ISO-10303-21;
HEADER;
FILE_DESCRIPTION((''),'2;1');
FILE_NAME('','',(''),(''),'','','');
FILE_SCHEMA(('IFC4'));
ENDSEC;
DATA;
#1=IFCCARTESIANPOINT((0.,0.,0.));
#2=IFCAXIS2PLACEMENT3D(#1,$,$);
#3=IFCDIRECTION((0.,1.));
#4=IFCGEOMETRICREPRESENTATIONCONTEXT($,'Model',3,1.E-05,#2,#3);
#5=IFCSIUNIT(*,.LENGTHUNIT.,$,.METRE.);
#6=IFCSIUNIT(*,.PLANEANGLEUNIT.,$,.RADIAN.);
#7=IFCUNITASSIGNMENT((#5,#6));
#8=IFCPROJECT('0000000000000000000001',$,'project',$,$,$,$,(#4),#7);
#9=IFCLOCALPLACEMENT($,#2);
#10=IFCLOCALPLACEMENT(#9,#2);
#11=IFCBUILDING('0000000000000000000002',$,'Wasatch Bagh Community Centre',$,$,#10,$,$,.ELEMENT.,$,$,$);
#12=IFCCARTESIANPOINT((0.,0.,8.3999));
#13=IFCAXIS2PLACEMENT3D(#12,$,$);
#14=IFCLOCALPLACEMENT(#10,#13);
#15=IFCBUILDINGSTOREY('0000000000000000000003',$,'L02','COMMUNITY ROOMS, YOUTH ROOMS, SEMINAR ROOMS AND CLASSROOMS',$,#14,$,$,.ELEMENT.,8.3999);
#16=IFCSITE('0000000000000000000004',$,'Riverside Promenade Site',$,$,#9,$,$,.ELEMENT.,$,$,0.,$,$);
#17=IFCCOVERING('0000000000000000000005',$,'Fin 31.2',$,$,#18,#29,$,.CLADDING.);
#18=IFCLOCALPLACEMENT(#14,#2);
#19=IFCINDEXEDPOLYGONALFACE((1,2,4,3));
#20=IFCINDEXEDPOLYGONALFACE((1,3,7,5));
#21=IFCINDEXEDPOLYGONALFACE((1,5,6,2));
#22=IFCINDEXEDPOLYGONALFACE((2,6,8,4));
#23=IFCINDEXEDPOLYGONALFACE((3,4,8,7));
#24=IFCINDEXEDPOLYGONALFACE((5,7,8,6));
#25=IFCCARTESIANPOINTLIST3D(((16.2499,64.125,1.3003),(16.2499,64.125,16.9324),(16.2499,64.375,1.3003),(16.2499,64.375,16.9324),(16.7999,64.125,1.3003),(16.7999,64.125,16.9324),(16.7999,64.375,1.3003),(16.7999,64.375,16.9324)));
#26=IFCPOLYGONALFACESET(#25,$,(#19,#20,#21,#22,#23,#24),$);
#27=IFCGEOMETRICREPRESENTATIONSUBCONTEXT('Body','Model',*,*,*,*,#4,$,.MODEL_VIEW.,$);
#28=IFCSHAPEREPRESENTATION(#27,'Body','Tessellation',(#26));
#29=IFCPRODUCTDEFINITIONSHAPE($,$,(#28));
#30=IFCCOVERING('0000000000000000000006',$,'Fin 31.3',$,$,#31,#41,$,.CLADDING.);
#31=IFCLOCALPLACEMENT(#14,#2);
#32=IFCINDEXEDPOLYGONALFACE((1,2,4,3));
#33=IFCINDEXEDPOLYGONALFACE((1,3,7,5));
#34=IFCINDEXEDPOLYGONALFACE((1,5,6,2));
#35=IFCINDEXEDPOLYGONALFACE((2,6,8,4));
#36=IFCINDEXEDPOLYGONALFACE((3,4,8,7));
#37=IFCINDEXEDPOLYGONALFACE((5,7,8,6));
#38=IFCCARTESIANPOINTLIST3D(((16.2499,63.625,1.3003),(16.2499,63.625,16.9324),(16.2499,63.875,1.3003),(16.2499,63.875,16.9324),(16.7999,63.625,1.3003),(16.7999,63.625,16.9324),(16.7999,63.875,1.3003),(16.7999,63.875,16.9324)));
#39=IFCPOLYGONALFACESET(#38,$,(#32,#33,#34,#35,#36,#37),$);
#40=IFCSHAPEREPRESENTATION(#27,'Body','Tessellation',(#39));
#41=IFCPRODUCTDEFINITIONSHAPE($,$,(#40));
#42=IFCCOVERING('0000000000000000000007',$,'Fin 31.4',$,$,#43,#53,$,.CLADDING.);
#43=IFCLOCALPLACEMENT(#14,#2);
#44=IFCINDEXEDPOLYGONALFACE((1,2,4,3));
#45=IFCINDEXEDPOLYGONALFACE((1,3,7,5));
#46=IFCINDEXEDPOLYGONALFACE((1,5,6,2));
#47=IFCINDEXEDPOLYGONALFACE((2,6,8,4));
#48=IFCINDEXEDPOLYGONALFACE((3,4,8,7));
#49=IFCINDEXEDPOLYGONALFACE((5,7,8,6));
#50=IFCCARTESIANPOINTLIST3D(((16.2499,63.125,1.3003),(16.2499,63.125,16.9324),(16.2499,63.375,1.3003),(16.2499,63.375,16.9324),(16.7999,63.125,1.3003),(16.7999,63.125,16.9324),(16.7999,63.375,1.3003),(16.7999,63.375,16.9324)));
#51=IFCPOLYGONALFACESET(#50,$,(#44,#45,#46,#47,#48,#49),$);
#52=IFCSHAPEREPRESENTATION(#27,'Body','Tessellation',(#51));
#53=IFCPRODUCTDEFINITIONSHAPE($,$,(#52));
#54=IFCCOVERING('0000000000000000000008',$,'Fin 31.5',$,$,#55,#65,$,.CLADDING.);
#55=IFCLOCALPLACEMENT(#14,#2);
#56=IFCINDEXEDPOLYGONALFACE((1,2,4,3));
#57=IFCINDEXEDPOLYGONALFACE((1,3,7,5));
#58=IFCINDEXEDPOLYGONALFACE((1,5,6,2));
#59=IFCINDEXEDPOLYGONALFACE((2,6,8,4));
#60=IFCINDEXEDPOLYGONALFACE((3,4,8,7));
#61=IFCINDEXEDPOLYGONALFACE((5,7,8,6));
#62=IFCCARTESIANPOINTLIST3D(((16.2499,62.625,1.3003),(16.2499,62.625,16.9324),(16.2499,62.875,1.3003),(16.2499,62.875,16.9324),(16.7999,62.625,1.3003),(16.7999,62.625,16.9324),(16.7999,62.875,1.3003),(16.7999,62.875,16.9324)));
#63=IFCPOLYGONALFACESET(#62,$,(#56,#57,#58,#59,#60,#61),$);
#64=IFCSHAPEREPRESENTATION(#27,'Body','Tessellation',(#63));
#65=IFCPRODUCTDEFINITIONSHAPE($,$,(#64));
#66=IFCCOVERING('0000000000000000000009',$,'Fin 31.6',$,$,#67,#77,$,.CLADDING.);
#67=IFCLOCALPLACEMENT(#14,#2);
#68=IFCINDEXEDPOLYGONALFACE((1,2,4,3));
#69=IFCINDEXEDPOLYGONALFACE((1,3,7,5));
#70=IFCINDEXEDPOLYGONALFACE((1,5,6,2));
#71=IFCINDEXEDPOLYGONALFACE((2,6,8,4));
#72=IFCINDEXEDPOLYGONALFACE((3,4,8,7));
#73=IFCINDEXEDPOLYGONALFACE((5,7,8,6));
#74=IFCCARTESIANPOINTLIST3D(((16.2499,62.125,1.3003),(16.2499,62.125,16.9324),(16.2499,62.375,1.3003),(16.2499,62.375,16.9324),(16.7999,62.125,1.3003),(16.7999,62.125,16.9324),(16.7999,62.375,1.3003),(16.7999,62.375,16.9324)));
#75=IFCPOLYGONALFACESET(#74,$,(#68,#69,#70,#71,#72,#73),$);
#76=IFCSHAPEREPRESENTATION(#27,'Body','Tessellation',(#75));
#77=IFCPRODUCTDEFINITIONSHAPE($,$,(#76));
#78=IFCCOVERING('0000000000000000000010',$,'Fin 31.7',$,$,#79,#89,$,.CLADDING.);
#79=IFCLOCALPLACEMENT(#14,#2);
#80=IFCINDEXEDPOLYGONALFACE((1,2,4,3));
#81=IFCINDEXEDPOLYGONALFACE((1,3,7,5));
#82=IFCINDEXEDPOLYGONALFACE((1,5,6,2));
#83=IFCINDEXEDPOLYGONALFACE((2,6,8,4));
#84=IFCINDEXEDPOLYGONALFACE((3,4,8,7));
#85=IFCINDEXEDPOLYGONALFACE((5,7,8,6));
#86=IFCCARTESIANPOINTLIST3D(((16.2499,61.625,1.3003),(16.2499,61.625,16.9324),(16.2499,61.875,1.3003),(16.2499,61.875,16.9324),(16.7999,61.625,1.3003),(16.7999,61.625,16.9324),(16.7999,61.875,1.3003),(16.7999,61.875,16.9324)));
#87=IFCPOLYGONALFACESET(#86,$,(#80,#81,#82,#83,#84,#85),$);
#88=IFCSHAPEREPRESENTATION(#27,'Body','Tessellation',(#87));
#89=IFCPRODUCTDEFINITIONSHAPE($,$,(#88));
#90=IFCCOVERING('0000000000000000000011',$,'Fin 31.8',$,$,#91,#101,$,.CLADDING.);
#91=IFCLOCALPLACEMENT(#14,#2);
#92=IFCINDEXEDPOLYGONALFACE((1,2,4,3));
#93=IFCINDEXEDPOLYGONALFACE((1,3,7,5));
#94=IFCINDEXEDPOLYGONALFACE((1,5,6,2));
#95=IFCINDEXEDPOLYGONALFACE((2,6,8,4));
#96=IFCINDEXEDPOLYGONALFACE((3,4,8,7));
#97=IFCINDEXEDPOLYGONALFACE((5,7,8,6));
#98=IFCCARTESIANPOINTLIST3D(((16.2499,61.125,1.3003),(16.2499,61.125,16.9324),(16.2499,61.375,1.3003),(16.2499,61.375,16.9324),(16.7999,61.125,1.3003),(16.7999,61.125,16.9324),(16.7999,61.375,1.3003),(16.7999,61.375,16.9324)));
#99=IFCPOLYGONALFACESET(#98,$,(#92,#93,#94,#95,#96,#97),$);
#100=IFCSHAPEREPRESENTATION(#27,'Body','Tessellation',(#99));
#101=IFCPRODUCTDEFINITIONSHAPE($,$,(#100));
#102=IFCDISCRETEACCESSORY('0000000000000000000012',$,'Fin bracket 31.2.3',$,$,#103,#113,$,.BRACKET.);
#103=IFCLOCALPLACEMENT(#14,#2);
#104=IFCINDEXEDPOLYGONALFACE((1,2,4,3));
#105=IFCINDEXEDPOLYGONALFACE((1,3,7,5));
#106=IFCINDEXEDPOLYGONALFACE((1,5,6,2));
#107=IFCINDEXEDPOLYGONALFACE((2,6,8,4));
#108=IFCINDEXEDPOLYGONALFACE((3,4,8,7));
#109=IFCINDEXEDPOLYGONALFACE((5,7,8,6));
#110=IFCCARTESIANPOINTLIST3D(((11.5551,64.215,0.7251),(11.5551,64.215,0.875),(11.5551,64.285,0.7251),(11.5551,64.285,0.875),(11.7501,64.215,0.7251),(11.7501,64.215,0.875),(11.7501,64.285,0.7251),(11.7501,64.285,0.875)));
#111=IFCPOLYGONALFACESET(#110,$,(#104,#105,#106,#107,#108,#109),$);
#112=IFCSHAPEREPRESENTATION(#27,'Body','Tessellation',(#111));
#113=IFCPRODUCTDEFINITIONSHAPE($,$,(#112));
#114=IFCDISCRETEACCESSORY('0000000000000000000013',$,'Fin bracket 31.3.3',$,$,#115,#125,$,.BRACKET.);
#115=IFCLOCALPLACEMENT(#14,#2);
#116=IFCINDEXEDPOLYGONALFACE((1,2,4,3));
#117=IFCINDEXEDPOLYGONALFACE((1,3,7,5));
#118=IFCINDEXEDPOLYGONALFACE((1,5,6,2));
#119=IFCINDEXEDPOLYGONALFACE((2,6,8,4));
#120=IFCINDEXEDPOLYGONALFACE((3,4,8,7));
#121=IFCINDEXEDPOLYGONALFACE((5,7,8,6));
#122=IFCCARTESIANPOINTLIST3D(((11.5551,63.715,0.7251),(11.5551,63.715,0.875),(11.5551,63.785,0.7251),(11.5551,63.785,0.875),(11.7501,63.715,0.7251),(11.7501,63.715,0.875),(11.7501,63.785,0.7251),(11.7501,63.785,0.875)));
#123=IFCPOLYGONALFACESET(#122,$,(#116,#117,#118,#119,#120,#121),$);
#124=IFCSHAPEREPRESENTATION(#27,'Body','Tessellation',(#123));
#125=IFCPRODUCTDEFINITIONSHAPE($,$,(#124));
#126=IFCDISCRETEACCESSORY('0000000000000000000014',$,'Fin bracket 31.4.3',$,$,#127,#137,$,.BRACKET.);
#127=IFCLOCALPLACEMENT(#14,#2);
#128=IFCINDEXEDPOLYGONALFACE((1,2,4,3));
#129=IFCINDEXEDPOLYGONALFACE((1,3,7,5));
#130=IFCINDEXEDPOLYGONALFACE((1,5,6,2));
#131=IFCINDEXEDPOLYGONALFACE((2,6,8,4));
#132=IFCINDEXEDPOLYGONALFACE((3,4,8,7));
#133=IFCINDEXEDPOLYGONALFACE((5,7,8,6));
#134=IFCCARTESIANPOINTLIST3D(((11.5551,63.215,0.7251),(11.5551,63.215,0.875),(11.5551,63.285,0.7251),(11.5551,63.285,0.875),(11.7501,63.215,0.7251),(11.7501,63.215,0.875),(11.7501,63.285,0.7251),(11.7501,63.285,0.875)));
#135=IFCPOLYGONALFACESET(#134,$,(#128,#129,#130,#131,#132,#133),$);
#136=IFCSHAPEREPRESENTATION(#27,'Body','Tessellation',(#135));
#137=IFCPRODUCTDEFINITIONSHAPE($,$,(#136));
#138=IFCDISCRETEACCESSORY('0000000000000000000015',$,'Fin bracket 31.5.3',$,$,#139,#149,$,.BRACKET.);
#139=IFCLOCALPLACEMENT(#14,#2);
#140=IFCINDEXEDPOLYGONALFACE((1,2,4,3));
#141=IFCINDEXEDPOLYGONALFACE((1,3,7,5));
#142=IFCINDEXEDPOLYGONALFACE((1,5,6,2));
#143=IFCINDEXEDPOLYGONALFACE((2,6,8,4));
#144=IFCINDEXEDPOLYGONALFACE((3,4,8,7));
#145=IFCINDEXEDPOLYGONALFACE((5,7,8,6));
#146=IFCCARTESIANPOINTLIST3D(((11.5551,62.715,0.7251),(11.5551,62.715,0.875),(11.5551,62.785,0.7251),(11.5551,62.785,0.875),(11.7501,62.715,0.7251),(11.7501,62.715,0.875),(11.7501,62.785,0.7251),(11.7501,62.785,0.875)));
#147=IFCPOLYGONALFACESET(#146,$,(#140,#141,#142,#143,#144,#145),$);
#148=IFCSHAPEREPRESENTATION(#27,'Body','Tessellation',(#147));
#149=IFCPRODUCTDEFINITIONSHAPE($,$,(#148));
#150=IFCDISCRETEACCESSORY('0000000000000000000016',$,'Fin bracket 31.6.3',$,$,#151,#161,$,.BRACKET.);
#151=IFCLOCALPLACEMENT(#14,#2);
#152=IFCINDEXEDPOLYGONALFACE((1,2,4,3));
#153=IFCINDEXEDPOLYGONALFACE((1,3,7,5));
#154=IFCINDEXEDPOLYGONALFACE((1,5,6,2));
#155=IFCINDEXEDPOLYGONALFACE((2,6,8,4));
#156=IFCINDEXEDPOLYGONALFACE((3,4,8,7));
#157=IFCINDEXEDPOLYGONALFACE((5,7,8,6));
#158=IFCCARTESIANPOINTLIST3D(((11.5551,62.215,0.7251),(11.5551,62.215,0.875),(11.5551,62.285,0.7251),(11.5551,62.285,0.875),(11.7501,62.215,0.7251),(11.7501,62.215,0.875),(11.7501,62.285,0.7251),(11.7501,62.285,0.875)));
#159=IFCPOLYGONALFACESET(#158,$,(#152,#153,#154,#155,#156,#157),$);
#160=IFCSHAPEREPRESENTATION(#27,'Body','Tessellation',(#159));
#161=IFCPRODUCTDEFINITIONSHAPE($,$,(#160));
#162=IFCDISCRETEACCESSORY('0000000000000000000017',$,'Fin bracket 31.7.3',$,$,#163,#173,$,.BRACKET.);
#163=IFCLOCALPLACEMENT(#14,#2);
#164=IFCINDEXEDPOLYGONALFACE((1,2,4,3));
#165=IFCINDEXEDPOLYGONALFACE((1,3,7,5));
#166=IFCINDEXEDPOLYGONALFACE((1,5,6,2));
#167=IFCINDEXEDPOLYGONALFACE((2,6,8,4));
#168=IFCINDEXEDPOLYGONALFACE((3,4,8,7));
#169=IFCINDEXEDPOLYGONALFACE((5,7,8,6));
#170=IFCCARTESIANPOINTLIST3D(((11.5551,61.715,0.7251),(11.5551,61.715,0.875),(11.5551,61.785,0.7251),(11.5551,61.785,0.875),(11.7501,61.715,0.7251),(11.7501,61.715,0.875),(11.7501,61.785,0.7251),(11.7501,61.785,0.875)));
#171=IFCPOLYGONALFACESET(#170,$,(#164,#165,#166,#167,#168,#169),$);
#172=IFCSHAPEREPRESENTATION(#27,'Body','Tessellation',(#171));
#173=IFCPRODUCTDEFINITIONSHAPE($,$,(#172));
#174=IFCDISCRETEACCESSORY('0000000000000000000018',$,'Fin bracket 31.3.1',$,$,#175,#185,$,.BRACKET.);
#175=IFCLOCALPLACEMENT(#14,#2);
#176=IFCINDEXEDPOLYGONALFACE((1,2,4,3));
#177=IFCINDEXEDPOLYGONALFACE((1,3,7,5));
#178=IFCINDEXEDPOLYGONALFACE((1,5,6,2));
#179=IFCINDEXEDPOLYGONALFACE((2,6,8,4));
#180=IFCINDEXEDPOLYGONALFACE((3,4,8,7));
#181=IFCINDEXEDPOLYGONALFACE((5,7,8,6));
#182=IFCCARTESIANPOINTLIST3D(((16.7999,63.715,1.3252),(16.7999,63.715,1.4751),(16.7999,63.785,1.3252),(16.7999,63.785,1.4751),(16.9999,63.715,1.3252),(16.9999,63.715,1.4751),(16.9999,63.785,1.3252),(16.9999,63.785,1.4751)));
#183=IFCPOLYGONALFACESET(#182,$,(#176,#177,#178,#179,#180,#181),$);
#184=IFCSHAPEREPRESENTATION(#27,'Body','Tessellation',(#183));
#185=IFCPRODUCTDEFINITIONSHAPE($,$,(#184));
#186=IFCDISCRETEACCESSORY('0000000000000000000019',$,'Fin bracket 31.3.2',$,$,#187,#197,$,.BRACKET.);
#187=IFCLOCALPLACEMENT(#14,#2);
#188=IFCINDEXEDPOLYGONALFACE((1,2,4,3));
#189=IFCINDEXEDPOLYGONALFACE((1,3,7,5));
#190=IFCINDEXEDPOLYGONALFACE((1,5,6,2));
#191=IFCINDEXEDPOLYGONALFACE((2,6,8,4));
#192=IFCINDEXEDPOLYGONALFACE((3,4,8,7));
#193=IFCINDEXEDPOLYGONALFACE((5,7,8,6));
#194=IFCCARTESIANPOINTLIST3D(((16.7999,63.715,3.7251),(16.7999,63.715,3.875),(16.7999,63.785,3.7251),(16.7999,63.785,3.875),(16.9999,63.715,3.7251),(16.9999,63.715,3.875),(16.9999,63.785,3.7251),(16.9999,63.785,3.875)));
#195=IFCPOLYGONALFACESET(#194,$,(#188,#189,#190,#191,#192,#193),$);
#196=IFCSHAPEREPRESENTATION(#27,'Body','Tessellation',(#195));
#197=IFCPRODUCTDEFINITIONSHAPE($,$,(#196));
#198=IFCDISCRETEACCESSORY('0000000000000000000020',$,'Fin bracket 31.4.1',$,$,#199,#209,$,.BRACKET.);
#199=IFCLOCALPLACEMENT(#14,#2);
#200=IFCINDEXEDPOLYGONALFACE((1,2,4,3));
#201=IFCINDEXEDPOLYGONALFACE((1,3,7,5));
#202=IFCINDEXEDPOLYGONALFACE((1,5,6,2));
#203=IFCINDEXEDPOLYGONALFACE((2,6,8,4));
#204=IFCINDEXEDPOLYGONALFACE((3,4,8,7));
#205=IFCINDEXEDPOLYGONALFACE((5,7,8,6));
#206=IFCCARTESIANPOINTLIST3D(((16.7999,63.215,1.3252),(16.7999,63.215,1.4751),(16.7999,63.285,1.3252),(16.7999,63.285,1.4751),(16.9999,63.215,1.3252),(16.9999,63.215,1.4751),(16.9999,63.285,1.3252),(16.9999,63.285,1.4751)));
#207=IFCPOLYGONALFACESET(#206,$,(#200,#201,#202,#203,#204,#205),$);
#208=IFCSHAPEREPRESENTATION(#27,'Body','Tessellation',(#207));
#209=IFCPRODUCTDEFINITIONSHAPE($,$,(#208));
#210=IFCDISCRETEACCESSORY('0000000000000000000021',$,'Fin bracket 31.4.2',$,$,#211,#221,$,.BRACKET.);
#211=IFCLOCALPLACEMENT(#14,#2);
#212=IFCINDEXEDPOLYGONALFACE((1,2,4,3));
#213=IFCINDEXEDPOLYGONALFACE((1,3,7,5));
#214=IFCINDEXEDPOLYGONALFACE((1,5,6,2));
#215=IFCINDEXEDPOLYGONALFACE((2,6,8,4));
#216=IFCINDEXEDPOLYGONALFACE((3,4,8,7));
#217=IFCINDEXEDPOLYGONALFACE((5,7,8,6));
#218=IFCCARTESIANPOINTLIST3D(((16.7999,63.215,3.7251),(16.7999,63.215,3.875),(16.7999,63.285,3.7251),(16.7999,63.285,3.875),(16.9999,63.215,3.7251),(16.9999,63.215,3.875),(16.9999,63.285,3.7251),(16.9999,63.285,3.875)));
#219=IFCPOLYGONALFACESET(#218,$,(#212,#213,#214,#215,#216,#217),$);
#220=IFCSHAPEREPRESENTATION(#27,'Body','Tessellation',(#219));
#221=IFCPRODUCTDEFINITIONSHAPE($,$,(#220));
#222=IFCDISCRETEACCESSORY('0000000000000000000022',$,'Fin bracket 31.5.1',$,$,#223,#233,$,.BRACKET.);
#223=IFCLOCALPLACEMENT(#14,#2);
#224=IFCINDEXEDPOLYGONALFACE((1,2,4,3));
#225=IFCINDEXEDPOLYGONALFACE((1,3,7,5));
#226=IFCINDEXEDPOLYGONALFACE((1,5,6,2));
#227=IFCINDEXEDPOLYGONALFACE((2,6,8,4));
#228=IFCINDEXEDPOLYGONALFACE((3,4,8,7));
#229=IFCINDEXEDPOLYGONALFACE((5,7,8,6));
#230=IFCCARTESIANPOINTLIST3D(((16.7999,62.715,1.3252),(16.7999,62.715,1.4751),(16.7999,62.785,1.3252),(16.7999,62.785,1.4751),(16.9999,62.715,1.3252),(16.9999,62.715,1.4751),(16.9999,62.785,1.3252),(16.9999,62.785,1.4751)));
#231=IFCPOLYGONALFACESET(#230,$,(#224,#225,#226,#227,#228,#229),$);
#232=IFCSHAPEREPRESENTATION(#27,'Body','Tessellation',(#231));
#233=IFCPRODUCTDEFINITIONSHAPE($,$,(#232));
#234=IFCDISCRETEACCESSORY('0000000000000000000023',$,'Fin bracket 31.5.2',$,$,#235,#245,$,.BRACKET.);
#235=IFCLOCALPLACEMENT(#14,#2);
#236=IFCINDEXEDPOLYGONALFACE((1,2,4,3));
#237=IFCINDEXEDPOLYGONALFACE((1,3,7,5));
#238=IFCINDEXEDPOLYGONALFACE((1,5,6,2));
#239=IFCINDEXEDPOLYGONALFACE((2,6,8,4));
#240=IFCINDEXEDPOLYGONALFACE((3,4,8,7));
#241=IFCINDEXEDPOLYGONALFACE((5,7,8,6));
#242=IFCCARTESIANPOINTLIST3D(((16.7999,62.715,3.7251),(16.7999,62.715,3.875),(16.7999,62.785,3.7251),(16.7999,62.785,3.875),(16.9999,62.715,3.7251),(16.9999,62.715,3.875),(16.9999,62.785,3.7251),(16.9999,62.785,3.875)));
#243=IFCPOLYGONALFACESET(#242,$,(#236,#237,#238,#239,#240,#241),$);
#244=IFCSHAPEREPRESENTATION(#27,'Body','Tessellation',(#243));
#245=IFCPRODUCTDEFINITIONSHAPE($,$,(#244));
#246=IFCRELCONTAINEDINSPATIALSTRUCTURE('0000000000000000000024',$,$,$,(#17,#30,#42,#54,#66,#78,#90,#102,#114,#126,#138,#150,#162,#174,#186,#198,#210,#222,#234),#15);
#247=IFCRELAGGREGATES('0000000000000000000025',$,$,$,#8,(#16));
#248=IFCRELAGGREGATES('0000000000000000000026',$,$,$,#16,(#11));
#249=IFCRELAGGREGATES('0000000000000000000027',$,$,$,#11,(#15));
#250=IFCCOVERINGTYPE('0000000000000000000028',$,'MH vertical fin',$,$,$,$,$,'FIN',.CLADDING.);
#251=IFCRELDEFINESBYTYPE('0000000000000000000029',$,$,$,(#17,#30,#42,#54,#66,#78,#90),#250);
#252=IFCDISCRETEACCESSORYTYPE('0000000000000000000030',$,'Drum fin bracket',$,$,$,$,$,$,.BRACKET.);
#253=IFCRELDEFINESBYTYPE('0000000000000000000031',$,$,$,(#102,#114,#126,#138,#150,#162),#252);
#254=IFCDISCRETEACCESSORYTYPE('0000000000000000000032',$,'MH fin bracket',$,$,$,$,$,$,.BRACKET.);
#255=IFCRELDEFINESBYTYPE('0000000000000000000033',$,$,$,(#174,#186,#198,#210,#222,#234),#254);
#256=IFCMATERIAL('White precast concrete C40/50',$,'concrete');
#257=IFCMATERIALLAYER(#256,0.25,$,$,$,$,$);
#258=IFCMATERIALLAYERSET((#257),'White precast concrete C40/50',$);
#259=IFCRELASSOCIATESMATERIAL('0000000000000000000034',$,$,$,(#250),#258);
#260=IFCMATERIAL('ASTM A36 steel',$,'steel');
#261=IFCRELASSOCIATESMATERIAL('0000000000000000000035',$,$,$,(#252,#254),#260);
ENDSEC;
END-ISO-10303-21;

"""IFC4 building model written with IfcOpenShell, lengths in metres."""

from ifc_helpers import new_model, si_unit, direction, frame, origin, origin_2d, place, context, subcontext, project, spatial, rectangle, extrude, material, layer, layer_set, type_object, element, save


model = new_model("IFC4")

# Units and contexts
model_context = context("Model", 3, precision=1e-05, world=origin(), true_north=direction((0.0, 1.0)))
body_context = subcontext(model_context, "Body", "Model", "MODEL_VIEW")
ifc_project = project(units=[si_unit("LENGTHUNIT", "METRE"), si_unit("PLANEANGLEUNIT", "RADIAN")], contexts=[model_context])

# Site, building, storey
site_placement = place(None, origin())
site = spatial("IfcSite", under=ifc_project, at=site_placement, Name="Riverside Promenade Site", CompositionType="ELEMENT", RefElevation=0.0)
building_placement = place(site_placement, origin())
building = spatial("IfcBuilding", under=site, at=building_placement, Name="Wasatch Bagh Community Centre", CompositionType="ELEMENT")
storey_placement = place(building_placement, frame((0.0, 0.0, 8.3999)))
storey = spatial("IfcBuildingStorey", under=building, at=storey_placement, Name="L02", Description="COMMUNITY ROOMS, YOUTH ROOMS, SEMINAR ROOMS AND CLASSROOMS", CompositionType="ELEMENT", Elevation=8.3999)

# Coverings
ifc_material_1 = material(Name="White precast concrete C40/50", Category="concrete")
ifc_layer = layer(ifc_material_1, 0.25)
ifc_layer_set = layer_set([ifc_layer], Name="White precast concrete C40/50")
covering_type = type_object("IfcCoveringType", Name="MH vertical fin", ElementType="FIN", PredefinedType="CLADDING", material=ifc_layer_set)
for number, where, z_axis, x_axis, name in (
    (1, (16.5249, 64.25, 1.3003), (0.0, 0.0, 1.0), (0.0, -1.0, 0.0), "Fin 31.2"),
    (2, (16.5249, 63.75, 1.3003), (0.0, 0.0, 1.0), (0.0, -1.0, 0.0), "Fin 31.3"),
    (3, (16.5249, 63.25, 1.3003), (0.0, 0.0, 1.0), (0.0, -1.0, 0.0), "Fin 31.4"),
    (4, (16.5249, 62.75, 1.3003), (0.0, 0.0, 1.0), (0.0, -1.0, 0.0), "Fin 31.5"),
    (5, (16.5249, 62.25, 1.3003), (0.0, 0.0, 1.0), (0.0, -1.0, 0.0), "Fin 31.6"),
    (6, (16.5249, 61.75, 1.3003), (0.0, 0.0, 1.0), (0.0, -1.0, 0.0), "Fin 31.7"),
    (7, (16.5249, 61.25, 1.3003), (0.0, 0.0, 1.0), (0.0, -1.0, 0.0), "Fin 31.8"),
):
    element("IfcCovering", number, at=place(storey_placement, frame(where, z_axis=z_axis, x_axis=x_axis)), inside=storey, type_object=covering_type, Name=name, PredefinedType="CLADDING", context=body_context, shape_type="SweptSolid", body=[
        extrude(rectangle(XDim=0.25, YDim=0.55, at=origin_2d()), origin(), (0.0, 0.0, 1.0), 15.6321),
    ])

# Discrete accessories
ifc_material_2 = material(Name="ASTM A36 steel", Category="steel")
discrete_accessory_type_1 = type_object("IfcDiscreteAccessoryType", Name="Drum fin bracket", PredefinedType="BRACKET", material=ifc_material_2)
for number, where, z_axis, x_axis, name in (
    (8, (11.6526, 64.25, 0.7251), (0.0, 0.0, 1.0), (0.0, -1.0, 0.0), "Fin bracket 31.2.3"),
    (9, (11.6526, 63.75, 0.7251), (0.0, 0.0, 1.0), (0.0, -1.0, 0.0), "Fin bracket 31.3.3"),
    (10, (11.6526, 63.25, 0.7251), (0.0, 0.0, 1.0), (0.0, -1.0, 0.0), "Fin bracket 31.4.3"),
    (11, (11.6526, 62.75, 0.7251), (0.0, 0.0, 1.0), (0.0, -1.0, 0.0), "Fin bracket 31.5.3"),
    (12, (11.6526, 62.25, 0.7251), (0.0, 0.0, 1.0), (0.0, -1.0, 0.0), "Fin bracket 31.6.3"),
    (13, (11.6526, 61.75, 0.7251), (0.0, 0.0, 1.0), (0.0, -1.0, 0.0), "Fin bracket 31.7.3"),
):
    element("IfcDiscreteAccessory", number, at=place(storey_placement, frame(where, z_axis=z_axis, x_axis=x_axis)), inside=storey, type_object=discrete_accessory_type_1, Name=name, PredefinedType="BRACKET", context=body_context, shape_type="SweptSolid", body=[
        extrude(rectangle(XDim=0.0701, YDim=0.1951, at=origin_2d()), origin(), (0.0, 0.0, 1.0), 0.1499),
    ])
discrete_accessory_type_2 = type_object("IfcDiscreteAccessoryType", Name="MH fin bracket", PredefinedType="BRACKET", material=ifc_material_2)
for number, where, z_axis, x_axis, name in (
    (14, (16.8999, 63.75, 1.3252), (0.0, 0.0, 1.0), (0.0, -1.0, 0.0), "Fin bracket 31.3.1"),
    (15, (16.8999, 63.75, 3.7251), (0.0, 0.0, 1.0), (0.0, -1.0, 0.0), "Fin bracket 31.3.2"),
    (16, (16.8999, 63.25, 1.3252), (0.0, 0.0, 1.0), (0.0, -1.0, 0.0), "Fin bracket 31.4.1"),
    (17, (16.8999, 63.25, 3.7251), (0.0, 0.0, 1.0), (0.0, -1.0, 0.0), "Fin bracket 31.4.2"),
    (18, (16.8999, 62.75, 1.3252), (0.0, 0.0, 1.0), (0.0, -1.0, 0.0), "Fin bracket 31.5.1"),
    (19, (16.8999, 62.75, 3.7251), (0.0, 0.0, 1.0), (0.0, -1.0, 0.0), "Fin bracket 31.5.2"),
):
    element("IfcDiscreteAccessory", number, at=place(storey_placement, frame(where, z_axis=z_axis, x_axis=x_axis)), inside=storey, type_object=discrete_accessory_type_2, Name=name, PredefinedType="BRACKET", context=body_context, shape_type="SweptSolid", body=[
        extrude(rectangle(XDim=0.0701, YDim=0.2, at=origin_2d()), origin(), (0.0, 0.0, 1.0), 0.1499),
    ])

save(model, "model.ifc")
